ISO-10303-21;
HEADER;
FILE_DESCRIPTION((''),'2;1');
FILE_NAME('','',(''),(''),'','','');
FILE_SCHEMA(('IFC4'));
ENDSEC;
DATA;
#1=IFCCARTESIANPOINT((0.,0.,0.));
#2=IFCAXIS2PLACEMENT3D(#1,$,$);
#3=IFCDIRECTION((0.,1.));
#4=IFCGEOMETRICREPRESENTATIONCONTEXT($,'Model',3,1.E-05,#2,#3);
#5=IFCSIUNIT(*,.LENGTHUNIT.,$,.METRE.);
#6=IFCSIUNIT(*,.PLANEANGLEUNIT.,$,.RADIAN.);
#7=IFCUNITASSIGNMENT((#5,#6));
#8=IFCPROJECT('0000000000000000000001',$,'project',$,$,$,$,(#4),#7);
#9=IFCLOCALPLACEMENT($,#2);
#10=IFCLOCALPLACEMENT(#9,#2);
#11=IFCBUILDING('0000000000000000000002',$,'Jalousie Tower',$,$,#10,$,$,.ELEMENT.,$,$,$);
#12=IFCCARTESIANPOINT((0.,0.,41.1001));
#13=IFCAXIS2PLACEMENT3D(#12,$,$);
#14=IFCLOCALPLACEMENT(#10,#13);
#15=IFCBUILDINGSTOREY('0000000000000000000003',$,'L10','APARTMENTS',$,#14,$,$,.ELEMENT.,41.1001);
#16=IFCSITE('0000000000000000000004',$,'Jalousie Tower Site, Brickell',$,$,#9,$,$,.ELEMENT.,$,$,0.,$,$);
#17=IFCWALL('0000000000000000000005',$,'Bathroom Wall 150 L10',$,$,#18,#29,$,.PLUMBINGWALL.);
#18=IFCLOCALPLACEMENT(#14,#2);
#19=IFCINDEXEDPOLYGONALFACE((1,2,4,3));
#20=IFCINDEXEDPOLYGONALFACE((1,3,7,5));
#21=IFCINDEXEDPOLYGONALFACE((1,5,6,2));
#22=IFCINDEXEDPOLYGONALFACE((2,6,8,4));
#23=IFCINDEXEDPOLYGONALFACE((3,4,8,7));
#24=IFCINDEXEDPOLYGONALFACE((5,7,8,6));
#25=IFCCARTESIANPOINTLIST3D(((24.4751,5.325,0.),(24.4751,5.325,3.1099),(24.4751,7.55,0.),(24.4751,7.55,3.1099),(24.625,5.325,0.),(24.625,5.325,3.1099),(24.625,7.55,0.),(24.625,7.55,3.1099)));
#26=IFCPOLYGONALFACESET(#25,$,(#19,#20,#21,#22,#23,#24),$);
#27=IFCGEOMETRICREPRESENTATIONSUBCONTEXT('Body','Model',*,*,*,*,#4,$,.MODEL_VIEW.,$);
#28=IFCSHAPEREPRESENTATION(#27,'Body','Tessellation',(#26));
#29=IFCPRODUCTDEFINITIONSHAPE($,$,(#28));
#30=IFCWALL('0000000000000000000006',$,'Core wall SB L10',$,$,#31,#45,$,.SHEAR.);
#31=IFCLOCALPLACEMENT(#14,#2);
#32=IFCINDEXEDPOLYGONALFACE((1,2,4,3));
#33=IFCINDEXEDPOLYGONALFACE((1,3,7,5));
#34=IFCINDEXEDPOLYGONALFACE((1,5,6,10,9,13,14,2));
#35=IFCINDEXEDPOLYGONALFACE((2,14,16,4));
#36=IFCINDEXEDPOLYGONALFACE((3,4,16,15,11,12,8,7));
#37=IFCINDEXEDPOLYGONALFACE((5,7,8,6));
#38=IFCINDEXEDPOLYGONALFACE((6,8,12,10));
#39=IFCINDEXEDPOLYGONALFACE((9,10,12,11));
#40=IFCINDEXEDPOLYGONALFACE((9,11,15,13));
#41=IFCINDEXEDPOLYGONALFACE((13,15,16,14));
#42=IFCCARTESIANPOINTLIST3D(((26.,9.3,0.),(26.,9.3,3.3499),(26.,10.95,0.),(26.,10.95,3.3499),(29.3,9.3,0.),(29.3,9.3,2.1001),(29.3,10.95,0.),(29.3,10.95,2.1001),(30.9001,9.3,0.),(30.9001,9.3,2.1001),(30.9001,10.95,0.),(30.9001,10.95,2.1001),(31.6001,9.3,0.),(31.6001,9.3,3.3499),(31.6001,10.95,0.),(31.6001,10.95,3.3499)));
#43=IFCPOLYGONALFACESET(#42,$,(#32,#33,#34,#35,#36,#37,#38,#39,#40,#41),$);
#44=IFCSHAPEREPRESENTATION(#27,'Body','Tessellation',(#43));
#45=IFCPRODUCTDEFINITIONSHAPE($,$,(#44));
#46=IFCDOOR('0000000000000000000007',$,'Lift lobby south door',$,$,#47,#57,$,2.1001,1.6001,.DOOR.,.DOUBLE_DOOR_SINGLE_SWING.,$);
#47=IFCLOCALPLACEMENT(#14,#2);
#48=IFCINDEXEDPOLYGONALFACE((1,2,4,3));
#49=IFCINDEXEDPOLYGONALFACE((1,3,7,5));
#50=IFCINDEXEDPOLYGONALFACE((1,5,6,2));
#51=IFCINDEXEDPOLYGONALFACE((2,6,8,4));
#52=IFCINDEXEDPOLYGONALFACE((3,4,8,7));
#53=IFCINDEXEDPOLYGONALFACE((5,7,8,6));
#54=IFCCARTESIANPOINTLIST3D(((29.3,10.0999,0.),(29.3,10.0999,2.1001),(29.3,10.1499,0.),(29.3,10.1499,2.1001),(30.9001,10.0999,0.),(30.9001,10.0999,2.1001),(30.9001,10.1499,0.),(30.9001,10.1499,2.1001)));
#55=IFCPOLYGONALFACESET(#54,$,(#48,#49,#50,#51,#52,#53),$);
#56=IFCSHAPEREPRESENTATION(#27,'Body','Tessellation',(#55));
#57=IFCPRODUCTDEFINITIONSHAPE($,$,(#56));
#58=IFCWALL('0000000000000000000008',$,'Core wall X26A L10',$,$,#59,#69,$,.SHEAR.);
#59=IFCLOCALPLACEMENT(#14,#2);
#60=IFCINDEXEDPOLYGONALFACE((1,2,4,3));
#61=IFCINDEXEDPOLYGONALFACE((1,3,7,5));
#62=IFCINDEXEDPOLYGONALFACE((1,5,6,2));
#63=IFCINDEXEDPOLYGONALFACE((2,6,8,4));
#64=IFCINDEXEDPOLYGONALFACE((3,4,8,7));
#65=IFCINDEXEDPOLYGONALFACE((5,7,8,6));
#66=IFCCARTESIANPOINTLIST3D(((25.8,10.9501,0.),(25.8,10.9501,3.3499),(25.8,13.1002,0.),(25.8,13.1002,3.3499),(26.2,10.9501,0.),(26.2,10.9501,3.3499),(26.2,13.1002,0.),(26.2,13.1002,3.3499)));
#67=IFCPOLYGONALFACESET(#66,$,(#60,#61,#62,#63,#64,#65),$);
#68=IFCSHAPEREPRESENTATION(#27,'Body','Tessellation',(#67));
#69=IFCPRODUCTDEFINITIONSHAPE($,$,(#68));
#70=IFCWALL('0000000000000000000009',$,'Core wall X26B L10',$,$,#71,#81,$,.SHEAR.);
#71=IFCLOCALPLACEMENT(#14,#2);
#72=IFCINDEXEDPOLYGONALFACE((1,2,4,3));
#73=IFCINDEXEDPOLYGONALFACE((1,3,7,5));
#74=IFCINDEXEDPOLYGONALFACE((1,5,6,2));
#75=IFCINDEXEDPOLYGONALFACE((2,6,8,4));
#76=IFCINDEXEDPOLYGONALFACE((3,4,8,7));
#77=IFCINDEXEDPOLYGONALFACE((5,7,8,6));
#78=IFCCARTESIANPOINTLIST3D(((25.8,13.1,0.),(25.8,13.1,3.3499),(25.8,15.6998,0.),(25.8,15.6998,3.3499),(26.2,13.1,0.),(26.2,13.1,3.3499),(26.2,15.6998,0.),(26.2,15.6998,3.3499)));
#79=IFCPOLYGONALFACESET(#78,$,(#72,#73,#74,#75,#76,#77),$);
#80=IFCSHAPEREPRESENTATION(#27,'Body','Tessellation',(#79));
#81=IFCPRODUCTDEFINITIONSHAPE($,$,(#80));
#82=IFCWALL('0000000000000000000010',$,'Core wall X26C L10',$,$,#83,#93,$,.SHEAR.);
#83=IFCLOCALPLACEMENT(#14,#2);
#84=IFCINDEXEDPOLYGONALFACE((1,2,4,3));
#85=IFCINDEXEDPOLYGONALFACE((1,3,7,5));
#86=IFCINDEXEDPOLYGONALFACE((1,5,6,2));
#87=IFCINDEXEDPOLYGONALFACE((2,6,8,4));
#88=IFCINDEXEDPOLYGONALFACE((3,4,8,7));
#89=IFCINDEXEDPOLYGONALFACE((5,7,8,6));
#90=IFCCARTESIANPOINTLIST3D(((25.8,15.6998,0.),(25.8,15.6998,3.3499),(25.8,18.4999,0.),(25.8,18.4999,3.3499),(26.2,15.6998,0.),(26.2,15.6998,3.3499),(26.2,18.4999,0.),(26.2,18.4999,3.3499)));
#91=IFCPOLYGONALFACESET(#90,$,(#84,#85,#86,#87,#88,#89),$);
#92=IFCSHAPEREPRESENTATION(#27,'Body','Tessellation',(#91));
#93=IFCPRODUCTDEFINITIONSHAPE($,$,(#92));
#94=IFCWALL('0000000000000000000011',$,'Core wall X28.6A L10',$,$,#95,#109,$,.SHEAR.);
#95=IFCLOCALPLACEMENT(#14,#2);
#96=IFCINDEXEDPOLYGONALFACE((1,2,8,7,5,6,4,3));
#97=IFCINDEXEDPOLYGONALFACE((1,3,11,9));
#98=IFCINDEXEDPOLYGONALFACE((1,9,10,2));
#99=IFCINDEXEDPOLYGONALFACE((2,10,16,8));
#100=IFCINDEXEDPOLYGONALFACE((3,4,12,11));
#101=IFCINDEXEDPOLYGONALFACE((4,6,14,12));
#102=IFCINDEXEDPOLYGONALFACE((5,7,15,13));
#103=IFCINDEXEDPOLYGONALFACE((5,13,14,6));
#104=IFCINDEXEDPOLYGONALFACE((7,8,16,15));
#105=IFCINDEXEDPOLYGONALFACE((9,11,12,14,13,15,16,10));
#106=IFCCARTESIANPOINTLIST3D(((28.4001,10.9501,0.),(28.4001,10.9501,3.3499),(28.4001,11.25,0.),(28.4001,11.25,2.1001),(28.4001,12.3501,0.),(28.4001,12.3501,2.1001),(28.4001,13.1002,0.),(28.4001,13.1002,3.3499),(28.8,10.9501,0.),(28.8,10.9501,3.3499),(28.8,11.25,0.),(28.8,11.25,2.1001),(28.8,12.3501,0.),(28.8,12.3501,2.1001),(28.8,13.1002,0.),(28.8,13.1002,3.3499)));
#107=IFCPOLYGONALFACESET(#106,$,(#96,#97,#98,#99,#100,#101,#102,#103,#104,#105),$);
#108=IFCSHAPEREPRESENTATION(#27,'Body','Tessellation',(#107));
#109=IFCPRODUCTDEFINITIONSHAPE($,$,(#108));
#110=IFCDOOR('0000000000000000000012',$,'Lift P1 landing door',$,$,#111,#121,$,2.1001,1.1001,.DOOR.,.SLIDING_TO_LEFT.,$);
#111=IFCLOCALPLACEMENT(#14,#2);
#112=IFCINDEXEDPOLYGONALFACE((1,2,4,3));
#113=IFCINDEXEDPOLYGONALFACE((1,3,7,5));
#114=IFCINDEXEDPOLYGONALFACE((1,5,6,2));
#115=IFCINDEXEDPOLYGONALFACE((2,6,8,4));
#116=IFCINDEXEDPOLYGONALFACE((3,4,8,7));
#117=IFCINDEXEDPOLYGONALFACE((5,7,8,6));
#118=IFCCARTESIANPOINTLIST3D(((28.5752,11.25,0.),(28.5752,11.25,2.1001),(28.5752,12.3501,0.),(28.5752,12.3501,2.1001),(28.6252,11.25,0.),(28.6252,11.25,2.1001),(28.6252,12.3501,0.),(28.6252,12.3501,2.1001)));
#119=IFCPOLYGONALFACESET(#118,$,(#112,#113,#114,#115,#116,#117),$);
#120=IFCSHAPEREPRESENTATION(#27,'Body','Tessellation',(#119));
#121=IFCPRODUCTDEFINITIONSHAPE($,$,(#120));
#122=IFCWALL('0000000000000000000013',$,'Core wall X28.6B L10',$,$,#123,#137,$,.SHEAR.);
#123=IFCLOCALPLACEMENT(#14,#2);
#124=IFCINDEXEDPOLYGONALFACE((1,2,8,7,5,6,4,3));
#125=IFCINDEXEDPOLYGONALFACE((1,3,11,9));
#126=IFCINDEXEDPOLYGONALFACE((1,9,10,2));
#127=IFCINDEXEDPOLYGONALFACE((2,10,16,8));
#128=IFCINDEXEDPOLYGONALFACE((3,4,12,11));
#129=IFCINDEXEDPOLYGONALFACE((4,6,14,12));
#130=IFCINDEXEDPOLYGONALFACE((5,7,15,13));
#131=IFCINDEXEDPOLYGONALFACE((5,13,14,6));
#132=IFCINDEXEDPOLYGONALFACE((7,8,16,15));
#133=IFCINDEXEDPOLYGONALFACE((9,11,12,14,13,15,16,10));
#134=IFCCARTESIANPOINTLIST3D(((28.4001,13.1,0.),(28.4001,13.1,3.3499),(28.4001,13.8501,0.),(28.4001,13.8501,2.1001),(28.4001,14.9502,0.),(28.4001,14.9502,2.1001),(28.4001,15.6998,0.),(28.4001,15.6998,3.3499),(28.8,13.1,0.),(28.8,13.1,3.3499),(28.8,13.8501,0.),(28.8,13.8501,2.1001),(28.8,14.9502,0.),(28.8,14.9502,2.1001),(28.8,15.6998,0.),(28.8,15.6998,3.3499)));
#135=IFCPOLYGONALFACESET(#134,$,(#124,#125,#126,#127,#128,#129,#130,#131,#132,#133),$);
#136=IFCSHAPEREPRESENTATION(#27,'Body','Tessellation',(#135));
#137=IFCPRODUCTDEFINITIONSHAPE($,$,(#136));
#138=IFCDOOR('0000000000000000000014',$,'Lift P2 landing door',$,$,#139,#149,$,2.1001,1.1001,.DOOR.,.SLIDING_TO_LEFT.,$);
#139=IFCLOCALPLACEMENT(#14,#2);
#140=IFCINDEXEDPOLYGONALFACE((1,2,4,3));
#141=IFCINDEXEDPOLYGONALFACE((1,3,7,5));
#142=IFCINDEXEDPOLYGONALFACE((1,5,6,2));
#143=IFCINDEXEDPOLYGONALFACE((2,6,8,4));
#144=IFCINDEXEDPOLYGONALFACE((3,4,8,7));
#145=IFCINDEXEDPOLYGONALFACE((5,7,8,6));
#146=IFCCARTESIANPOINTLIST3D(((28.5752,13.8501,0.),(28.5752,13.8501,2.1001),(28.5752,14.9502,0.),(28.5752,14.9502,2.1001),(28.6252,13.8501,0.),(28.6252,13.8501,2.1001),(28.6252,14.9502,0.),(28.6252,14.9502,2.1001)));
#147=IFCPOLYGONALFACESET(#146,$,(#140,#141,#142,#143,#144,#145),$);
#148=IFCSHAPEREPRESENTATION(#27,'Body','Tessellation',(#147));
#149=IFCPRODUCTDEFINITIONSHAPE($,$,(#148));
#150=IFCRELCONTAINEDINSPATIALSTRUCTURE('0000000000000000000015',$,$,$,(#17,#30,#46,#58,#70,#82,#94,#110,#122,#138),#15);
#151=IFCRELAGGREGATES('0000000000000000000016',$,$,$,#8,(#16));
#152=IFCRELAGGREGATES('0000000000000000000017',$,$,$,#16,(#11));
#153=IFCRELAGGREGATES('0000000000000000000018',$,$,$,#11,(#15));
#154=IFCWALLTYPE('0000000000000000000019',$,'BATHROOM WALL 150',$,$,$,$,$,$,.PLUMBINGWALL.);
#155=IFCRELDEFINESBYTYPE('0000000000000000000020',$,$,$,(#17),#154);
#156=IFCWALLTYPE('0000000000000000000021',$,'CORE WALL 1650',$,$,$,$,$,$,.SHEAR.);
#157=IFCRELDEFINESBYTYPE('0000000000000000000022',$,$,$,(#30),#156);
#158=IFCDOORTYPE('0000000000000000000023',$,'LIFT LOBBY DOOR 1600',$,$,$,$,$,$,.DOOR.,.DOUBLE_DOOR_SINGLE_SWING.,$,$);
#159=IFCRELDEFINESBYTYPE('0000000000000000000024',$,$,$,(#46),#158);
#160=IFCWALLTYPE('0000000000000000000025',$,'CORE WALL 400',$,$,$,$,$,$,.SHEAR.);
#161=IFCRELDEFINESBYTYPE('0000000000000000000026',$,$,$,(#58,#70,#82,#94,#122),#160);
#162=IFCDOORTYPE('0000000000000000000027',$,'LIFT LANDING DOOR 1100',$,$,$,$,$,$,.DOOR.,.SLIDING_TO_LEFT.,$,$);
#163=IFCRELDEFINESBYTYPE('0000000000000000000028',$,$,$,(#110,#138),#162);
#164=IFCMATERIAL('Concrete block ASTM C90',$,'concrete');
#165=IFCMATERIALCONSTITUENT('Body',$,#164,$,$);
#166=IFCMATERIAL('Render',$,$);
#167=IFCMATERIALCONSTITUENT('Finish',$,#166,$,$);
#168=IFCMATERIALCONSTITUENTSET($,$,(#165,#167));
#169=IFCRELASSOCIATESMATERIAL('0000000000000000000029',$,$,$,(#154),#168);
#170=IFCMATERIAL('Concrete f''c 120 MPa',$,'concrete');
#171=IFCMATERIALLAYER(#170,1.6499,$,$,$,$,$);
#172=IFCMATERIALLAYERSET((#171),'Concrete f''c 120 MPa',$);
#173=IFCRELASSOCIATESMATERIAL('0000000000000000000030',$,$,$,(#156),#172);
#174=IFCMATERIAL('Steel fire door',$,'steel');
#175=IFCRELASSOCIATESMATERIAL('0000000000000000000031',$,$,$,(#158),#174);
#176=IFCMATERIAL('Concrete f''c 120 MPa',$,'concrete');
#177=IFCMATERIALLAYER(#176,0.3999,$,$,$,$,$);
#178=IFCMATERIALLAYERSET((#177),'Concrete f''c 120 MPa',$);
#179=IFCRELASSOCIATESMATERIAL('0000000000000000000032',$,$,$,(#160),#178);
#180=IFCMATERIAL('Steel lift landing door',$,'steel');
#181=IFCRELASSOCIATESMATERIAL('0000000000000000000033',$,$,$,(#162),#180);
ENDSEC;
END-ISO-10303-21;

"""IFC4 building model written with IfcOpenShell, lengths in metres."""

from ifc_helpers import new_model, si_unit, direction, frame, frame_2d, origin, place, context, subcontext, project, spatial, rectangle, extrude, material, layer, layer_set, constituent, constituent_set, type_object, element, fill, save


model = new_model("IFC4")

# Units and contexts
model_context = context("Model", 3, precision=1e-05, world=origin(), true_north=direction((0.0, 1.0)))
body_context = subcontext(model_context, "Body", "Model", "MODEL_VIEW")
ifc_project = project(units=[si_unit("LENGTHUNIT", "METRE"), si_unit("PLANEANGLEUNIT", "RADIAN")], contexts=[model_context])

# Site, building, storey
site_placement = place(None, origin())
site = spatial("IfcSite", under=ifc_project, at=site_placement, Name="Jalousie Tower Site, Brickell", CompositionType="ELEMENT", RefElevation=0.0)
building_placement = place(site_placement, origin())
building = spatial("IfcBuilding", under=site, at=building_placement, Name="Jalousie Tower", CompositionType="ELEMENT")
storey_placement = place(building_placement, frame((0.0, 0.0, 41.1001)))
storey = spatial("IfcBuildingStorey", under=building, at=storey_placement, Name="L10", Description="APARTMENTS", CompositionType="ELEMENT", Elevation=41.1001)

# Wall
ifc_material_1 = material(Name="Concrete block ASTM C90", Category="concrete")
ifc_constituent_1 = constituent(ifc_material_1, Name="Body")
ifc_material_2 = material(Name="Render")
ifc_constituent_2 = constituent(ifc_material_2, Name="Finish")
ifc_constituent_set_1 = constituent_set(constituents=[ifc_constituent_1, ifc_constituent_2])
wall_type_1 = type_object("IfcWallType", Name="BATHROOM WALL 150", PredefinedType="PLUMBINGWALL", material=ifc_constituent_set_1)
wall_1_placement = place(storey_placement, frame((24.55, 5.325, 0.0), z_axis=(0.0, 0.0, 1.0), x_axis=(0.0, 1.0, 0.0)))
element("IfcWall", 1, at=wall_1_placement, inside=storey, type_object=wall_type_1, Name="Bathroom Wall 150 L10", PredefinedType="PLUMBINGWALL", context=body_context, shape_type="SweptSolid", body=[
    extrude(rectangle(XDim=2.2251, YDim=0.1499, at=frame_2d((1.1125, 0.0))), origin(), (0.0, 0.0, 1.0), 3.1099),
])

# Wall, opening, door
ifc_material_3 = material(Name="Concrete f'c 120 MPa", Category="concrete")
ifc_layer_1 = layer(ifc_material_3, 1.6499)
ifc_layer_set_1 = layer_set([ifc_layer_1], Name="Concrete f'c 120 MPa")
wall_type_2 = type_object("IfcWallType", Name="CORE WALL 1650", PredefinedType="SHEAR", material=ifc_layer_set_1)
wall_2_placement = place(storey_placement, frame((26.0, 10.125, 0.0), z_axis=(0.0, 0.0, 1.0), x_axis=(1.0, 0.0, 0.0)))
wall_2 = element("IfcWall", 2, at=wall_2_placement, inside=storey, type_object=wall_type_2, Name="Core wall SB L10", PredefinedType="SHEAR", context=body_context, shape_type="SweptSolid", body=[
    extrude(rectangle(XDim=5.6001, YDim=1.6499, at=frame_2d((2.8, 0.0))), origin(), (0.0, 0.0, 1.0), 3.3499),
])
opening_1_placement = place(wall_2_placement, frame((3.3, 0.0, 0.0)))
opening_1 = element("IfcOpeningElement", 3, at=opening_1_placement, cuts=wall_2, PredefinedType="OPENING", context=body_context, shape_type="SweptSolid", body=[
    extrude(rectangle(XDim=1.6001, YDim=2.1001, at=frame_2d((0.8, 1.05))), frame((0.0, 0.835, 0.0), z_axis=(0.0, -1.0, 0.0), x_axis=(1.0, 0.0, 0.0)), (0.0, 0.0, 1.0), 1.6699),
])
ifc_material_4 = material(Name="Steel fire door", Category="steel")
door_type_1 = type_object("IfcDoorType", Name="LIFT LOBBY DOOR 1600", OperationType="DOUBLE_DOOR_SINGLE_SWING", PredefinedType="DOOR", material=ifc_material_4)
door_1_placement = place(opening_1_placement, origin())
door_1 = element("IfcDoor", 4, at=door_1_placement, inside=storey, type_object=door_type_1, Name="Lift lobby south door", OperationType="DOUBLE_DOOR_SINGLE_SWING", OverallHeight=2.1001, OverallWidth=1.6001, PredefinedType="DOOR", context=body_context, shape_type="SweptSolid", body=[
    extrude(rectangle(XDim=1.6001, YDim=2.1001, at=frame_2d((0.8, 1.05))), frame((0.0, 0.0249, 0.0), z_axis=(0.0, -1.0, 0.0), x_axis=(1.0, 0.0, 0.0)), (0.0, 0.0, 1.0), 0.05),
])
fill(opening_1, door_1)

# Walls
ifc_material_5 = material(Name="Concrete f'c 120 MPa", Category="concrete")
ifc_layer_2 = layer(ifc_material_5, 0.3999)
ifc_layer_set_2 = layer_set([ifc_layer_2], Name="Concrete f'c 120 MPa")
wall_type_3 = type_object("IfcWallType", Name="CORE WALL 400", PredefinedType="SHEAR", material=ifc_layer_set_2)
wall_3_placement = place(storey_placement, frame((26.0, 10.95, 0.0), z_axis=(0.0, 0.0, 1.0), x_axis=(0.0, 1.0, 0.0)))
element("IfcWall", 5, at=wall_3_placement, inside=storey, type_object=wall_type_3, Name="Core wall X26A L10", PredefinedType="SHEAR", context=body_context, shape_type="SweptSolid", body=[
    extrude(rectangle(XDim=2.1501, YDim=0.3999, at=frame_2d((1.0752, 0.0))), origin(), (0.0, 0.0, 1.0), 3.3499),
])
wall_4_placement = place(storey_placement, frame((26.0, 13.1001, 0.0), z_axis=(0.0, 0.0, 1.0), x_axis=(0.0, 1.0, 0.0)))
element("IfcWall", 6, at=wall_4_placement, inside=storey, type_object=wall_type_3, Name="Core wall X26B L10", PredefinedType="SHEAR", context=body_context, shape_type="SweptSolid", body=[
    extrude(rectangle(XDim=2.5999, YDim=0.3999, at=frame_2d((1.2998, 0.0))), origin(), (0.0, 0.0, 1.0), 3.3499),
])
wall_5_placement = place(storey_placement, frame((26.0, 15.7, 0.0), z_axis=(0.0, 0.0, 1.0), x_axis=(0.0, 1.0, 0.0)))
element("IfcWall", 7, at=wall_5_placement, inside=storey, type_object=wall_type_3, Name="Core wall X26C L10", PredefinedType="SHEAR", context=body_context, shape_type="SweptSolid", body=[
    extrude(rectangle(XDim=2.8, YDim=0.3999, at=frame_2d((1.3999, 0.0))), origin(), (0.0, 0.0, 1.0), 3.3499),
])

# Walls, openings, doors
wall_6_placement = place(storey_placement, frame((28.6001, 10.95, 0.0), z_axis=(0.0, 0.0, 1.0), x_axis=(0.0, 1.0, 0.0)))
wall_6 = element("IfcWall", 8, at=wall_6_placement, inside=storey, type_object=wall_type_3, Name="Core wall X28.6A L10", PredefinedType="SHEAR", context=body_context, shape_type="SweptSolid", body=[
    extrude(rectangle(XDim=2.1501, YDim=0.3999, at=frame_2d((1.0752, 0.0))), origin(), (0.0, 0.0, 1.0), 3.3499),
])
opening_2_placement = place(wall_6_placement, frame((0.3, 0.0, 0.0)))
opening_2 = element("IfcOpeningElement", 9, at=opening_2_placement, cuts=wall_6, PredefinedType="OPENING", context=body_context, shape_type="SweptSolid", body=[
    extrude(rectangle(XDim=1.1001, YDim=2.1001, at=frame_2d((0.55, 1.05))), frame((0.0, 0.21, 0.0), z_axis=(0.0, -1.0, 0.0), x_axis=(1.0, 0.0, 0.0)), (0.0, 0.0, 1.0), 0.4199),
])
ifc_material_6 = material(Name="Steel lift landing door", Category="steel")
door_type_2 = type_object("IfcDoorType", Name="LIFT LANDING DOOR 1100", OperationType="SLIDING_TO_LEFT", PredefinedType="DOOR", material=ifc_material_6)
door_2_placement = place(opening_2_placement, origin())
door_2 = element("IfcDoor", 10, at=door_2_placement, inside=storey, type_object=door_type_2, Name="Lift P1 landing door", OperationType="SLIDING_TO_LEFT", OverallHeight=2.1001, OverallWidth=1.1001, PredefinedType="DOOR", context=body_context, shape_type="SweptSolid", body=[
    extrude(rectangle(XDim=1.1001, YDim=2.1001, at=frame_2d((0.55, 1.05))), frame((0.0, 0.0249, 0.0), z_axis=(0.0, -1.0, 0.0), x_axis=(1.0, 0.0, 0.0)), (0.0, 0.0, 1.0), 0.05),
])
fill(opening_2, door_2)
wall_7_placement = place(storey_placement, frame((28.6001, 13.1001, 0.0), z_axis=(0.0, 0.0, 1.0), x_axis=(0.0, 1.0, 0.0)))
wall_7 = element("IfcWall", 11, at=wall_7_placement, inside=storey, type_object=wall_type_3, Name="Core wall X28.6B L10", PredefinedType="SHEAR", context=body_context, shape_type="SweptSolid", body=[
    extrude(rectangle(XDim=2.5999, YDim=0.3999, at=frame_2d((1.2998, 0.0))), origin(), (0.0, 0.0, 1.0), 3.3499),
])
opening_3_placement = place(wall_7_placement, frame((0.75, 0.0, 0.0)))
opening_3 = element("IfcOpeningElement", 12, at=opening_3_placement, cuts=wall_7, PredefinedType="OPENING", context=body_context, shape_type="SweptSolid", body=[
    extrude(rectangle(XDim=1.1001, YDim=2.1001, at=frame_2d((0.55, 1.05))), frame((0.0, 0.21, 0.0), z_axis=(0.0, -1.0, 0.0), x_axis=(1.0, 0.0, 0.0)), (0.0, 0.0, 1.0), 0.4199),
])
door_3_placement = place(opening_3_placement, origin())
door_3 = element("IfcDoor", 13, at=door_3_placement, inside=storey, type_object=door_type_2, Name="Lift P2 landing door", OperationType="SLIDING_TO_LEFT", OverallHeight=2.1001, OverallWidth=1.1001, PredefinedType="DOOR", context=body_context, shape_type="SweptSolid", body=[
    extrude(rectangle(XDim=1.1001, YDim=2.1001, at=frame_2d((0.55, 1.05))), frame((0.0, 0.0249, 0.0), z_axis=(0.0, -1.0, 0.0), x_axis=(1.0, 0.0, 0.0)), (0.0, 0.0, 1.0), 0.05),
])
fill(opening_3, door_3)

save(model, "model.ifc")
